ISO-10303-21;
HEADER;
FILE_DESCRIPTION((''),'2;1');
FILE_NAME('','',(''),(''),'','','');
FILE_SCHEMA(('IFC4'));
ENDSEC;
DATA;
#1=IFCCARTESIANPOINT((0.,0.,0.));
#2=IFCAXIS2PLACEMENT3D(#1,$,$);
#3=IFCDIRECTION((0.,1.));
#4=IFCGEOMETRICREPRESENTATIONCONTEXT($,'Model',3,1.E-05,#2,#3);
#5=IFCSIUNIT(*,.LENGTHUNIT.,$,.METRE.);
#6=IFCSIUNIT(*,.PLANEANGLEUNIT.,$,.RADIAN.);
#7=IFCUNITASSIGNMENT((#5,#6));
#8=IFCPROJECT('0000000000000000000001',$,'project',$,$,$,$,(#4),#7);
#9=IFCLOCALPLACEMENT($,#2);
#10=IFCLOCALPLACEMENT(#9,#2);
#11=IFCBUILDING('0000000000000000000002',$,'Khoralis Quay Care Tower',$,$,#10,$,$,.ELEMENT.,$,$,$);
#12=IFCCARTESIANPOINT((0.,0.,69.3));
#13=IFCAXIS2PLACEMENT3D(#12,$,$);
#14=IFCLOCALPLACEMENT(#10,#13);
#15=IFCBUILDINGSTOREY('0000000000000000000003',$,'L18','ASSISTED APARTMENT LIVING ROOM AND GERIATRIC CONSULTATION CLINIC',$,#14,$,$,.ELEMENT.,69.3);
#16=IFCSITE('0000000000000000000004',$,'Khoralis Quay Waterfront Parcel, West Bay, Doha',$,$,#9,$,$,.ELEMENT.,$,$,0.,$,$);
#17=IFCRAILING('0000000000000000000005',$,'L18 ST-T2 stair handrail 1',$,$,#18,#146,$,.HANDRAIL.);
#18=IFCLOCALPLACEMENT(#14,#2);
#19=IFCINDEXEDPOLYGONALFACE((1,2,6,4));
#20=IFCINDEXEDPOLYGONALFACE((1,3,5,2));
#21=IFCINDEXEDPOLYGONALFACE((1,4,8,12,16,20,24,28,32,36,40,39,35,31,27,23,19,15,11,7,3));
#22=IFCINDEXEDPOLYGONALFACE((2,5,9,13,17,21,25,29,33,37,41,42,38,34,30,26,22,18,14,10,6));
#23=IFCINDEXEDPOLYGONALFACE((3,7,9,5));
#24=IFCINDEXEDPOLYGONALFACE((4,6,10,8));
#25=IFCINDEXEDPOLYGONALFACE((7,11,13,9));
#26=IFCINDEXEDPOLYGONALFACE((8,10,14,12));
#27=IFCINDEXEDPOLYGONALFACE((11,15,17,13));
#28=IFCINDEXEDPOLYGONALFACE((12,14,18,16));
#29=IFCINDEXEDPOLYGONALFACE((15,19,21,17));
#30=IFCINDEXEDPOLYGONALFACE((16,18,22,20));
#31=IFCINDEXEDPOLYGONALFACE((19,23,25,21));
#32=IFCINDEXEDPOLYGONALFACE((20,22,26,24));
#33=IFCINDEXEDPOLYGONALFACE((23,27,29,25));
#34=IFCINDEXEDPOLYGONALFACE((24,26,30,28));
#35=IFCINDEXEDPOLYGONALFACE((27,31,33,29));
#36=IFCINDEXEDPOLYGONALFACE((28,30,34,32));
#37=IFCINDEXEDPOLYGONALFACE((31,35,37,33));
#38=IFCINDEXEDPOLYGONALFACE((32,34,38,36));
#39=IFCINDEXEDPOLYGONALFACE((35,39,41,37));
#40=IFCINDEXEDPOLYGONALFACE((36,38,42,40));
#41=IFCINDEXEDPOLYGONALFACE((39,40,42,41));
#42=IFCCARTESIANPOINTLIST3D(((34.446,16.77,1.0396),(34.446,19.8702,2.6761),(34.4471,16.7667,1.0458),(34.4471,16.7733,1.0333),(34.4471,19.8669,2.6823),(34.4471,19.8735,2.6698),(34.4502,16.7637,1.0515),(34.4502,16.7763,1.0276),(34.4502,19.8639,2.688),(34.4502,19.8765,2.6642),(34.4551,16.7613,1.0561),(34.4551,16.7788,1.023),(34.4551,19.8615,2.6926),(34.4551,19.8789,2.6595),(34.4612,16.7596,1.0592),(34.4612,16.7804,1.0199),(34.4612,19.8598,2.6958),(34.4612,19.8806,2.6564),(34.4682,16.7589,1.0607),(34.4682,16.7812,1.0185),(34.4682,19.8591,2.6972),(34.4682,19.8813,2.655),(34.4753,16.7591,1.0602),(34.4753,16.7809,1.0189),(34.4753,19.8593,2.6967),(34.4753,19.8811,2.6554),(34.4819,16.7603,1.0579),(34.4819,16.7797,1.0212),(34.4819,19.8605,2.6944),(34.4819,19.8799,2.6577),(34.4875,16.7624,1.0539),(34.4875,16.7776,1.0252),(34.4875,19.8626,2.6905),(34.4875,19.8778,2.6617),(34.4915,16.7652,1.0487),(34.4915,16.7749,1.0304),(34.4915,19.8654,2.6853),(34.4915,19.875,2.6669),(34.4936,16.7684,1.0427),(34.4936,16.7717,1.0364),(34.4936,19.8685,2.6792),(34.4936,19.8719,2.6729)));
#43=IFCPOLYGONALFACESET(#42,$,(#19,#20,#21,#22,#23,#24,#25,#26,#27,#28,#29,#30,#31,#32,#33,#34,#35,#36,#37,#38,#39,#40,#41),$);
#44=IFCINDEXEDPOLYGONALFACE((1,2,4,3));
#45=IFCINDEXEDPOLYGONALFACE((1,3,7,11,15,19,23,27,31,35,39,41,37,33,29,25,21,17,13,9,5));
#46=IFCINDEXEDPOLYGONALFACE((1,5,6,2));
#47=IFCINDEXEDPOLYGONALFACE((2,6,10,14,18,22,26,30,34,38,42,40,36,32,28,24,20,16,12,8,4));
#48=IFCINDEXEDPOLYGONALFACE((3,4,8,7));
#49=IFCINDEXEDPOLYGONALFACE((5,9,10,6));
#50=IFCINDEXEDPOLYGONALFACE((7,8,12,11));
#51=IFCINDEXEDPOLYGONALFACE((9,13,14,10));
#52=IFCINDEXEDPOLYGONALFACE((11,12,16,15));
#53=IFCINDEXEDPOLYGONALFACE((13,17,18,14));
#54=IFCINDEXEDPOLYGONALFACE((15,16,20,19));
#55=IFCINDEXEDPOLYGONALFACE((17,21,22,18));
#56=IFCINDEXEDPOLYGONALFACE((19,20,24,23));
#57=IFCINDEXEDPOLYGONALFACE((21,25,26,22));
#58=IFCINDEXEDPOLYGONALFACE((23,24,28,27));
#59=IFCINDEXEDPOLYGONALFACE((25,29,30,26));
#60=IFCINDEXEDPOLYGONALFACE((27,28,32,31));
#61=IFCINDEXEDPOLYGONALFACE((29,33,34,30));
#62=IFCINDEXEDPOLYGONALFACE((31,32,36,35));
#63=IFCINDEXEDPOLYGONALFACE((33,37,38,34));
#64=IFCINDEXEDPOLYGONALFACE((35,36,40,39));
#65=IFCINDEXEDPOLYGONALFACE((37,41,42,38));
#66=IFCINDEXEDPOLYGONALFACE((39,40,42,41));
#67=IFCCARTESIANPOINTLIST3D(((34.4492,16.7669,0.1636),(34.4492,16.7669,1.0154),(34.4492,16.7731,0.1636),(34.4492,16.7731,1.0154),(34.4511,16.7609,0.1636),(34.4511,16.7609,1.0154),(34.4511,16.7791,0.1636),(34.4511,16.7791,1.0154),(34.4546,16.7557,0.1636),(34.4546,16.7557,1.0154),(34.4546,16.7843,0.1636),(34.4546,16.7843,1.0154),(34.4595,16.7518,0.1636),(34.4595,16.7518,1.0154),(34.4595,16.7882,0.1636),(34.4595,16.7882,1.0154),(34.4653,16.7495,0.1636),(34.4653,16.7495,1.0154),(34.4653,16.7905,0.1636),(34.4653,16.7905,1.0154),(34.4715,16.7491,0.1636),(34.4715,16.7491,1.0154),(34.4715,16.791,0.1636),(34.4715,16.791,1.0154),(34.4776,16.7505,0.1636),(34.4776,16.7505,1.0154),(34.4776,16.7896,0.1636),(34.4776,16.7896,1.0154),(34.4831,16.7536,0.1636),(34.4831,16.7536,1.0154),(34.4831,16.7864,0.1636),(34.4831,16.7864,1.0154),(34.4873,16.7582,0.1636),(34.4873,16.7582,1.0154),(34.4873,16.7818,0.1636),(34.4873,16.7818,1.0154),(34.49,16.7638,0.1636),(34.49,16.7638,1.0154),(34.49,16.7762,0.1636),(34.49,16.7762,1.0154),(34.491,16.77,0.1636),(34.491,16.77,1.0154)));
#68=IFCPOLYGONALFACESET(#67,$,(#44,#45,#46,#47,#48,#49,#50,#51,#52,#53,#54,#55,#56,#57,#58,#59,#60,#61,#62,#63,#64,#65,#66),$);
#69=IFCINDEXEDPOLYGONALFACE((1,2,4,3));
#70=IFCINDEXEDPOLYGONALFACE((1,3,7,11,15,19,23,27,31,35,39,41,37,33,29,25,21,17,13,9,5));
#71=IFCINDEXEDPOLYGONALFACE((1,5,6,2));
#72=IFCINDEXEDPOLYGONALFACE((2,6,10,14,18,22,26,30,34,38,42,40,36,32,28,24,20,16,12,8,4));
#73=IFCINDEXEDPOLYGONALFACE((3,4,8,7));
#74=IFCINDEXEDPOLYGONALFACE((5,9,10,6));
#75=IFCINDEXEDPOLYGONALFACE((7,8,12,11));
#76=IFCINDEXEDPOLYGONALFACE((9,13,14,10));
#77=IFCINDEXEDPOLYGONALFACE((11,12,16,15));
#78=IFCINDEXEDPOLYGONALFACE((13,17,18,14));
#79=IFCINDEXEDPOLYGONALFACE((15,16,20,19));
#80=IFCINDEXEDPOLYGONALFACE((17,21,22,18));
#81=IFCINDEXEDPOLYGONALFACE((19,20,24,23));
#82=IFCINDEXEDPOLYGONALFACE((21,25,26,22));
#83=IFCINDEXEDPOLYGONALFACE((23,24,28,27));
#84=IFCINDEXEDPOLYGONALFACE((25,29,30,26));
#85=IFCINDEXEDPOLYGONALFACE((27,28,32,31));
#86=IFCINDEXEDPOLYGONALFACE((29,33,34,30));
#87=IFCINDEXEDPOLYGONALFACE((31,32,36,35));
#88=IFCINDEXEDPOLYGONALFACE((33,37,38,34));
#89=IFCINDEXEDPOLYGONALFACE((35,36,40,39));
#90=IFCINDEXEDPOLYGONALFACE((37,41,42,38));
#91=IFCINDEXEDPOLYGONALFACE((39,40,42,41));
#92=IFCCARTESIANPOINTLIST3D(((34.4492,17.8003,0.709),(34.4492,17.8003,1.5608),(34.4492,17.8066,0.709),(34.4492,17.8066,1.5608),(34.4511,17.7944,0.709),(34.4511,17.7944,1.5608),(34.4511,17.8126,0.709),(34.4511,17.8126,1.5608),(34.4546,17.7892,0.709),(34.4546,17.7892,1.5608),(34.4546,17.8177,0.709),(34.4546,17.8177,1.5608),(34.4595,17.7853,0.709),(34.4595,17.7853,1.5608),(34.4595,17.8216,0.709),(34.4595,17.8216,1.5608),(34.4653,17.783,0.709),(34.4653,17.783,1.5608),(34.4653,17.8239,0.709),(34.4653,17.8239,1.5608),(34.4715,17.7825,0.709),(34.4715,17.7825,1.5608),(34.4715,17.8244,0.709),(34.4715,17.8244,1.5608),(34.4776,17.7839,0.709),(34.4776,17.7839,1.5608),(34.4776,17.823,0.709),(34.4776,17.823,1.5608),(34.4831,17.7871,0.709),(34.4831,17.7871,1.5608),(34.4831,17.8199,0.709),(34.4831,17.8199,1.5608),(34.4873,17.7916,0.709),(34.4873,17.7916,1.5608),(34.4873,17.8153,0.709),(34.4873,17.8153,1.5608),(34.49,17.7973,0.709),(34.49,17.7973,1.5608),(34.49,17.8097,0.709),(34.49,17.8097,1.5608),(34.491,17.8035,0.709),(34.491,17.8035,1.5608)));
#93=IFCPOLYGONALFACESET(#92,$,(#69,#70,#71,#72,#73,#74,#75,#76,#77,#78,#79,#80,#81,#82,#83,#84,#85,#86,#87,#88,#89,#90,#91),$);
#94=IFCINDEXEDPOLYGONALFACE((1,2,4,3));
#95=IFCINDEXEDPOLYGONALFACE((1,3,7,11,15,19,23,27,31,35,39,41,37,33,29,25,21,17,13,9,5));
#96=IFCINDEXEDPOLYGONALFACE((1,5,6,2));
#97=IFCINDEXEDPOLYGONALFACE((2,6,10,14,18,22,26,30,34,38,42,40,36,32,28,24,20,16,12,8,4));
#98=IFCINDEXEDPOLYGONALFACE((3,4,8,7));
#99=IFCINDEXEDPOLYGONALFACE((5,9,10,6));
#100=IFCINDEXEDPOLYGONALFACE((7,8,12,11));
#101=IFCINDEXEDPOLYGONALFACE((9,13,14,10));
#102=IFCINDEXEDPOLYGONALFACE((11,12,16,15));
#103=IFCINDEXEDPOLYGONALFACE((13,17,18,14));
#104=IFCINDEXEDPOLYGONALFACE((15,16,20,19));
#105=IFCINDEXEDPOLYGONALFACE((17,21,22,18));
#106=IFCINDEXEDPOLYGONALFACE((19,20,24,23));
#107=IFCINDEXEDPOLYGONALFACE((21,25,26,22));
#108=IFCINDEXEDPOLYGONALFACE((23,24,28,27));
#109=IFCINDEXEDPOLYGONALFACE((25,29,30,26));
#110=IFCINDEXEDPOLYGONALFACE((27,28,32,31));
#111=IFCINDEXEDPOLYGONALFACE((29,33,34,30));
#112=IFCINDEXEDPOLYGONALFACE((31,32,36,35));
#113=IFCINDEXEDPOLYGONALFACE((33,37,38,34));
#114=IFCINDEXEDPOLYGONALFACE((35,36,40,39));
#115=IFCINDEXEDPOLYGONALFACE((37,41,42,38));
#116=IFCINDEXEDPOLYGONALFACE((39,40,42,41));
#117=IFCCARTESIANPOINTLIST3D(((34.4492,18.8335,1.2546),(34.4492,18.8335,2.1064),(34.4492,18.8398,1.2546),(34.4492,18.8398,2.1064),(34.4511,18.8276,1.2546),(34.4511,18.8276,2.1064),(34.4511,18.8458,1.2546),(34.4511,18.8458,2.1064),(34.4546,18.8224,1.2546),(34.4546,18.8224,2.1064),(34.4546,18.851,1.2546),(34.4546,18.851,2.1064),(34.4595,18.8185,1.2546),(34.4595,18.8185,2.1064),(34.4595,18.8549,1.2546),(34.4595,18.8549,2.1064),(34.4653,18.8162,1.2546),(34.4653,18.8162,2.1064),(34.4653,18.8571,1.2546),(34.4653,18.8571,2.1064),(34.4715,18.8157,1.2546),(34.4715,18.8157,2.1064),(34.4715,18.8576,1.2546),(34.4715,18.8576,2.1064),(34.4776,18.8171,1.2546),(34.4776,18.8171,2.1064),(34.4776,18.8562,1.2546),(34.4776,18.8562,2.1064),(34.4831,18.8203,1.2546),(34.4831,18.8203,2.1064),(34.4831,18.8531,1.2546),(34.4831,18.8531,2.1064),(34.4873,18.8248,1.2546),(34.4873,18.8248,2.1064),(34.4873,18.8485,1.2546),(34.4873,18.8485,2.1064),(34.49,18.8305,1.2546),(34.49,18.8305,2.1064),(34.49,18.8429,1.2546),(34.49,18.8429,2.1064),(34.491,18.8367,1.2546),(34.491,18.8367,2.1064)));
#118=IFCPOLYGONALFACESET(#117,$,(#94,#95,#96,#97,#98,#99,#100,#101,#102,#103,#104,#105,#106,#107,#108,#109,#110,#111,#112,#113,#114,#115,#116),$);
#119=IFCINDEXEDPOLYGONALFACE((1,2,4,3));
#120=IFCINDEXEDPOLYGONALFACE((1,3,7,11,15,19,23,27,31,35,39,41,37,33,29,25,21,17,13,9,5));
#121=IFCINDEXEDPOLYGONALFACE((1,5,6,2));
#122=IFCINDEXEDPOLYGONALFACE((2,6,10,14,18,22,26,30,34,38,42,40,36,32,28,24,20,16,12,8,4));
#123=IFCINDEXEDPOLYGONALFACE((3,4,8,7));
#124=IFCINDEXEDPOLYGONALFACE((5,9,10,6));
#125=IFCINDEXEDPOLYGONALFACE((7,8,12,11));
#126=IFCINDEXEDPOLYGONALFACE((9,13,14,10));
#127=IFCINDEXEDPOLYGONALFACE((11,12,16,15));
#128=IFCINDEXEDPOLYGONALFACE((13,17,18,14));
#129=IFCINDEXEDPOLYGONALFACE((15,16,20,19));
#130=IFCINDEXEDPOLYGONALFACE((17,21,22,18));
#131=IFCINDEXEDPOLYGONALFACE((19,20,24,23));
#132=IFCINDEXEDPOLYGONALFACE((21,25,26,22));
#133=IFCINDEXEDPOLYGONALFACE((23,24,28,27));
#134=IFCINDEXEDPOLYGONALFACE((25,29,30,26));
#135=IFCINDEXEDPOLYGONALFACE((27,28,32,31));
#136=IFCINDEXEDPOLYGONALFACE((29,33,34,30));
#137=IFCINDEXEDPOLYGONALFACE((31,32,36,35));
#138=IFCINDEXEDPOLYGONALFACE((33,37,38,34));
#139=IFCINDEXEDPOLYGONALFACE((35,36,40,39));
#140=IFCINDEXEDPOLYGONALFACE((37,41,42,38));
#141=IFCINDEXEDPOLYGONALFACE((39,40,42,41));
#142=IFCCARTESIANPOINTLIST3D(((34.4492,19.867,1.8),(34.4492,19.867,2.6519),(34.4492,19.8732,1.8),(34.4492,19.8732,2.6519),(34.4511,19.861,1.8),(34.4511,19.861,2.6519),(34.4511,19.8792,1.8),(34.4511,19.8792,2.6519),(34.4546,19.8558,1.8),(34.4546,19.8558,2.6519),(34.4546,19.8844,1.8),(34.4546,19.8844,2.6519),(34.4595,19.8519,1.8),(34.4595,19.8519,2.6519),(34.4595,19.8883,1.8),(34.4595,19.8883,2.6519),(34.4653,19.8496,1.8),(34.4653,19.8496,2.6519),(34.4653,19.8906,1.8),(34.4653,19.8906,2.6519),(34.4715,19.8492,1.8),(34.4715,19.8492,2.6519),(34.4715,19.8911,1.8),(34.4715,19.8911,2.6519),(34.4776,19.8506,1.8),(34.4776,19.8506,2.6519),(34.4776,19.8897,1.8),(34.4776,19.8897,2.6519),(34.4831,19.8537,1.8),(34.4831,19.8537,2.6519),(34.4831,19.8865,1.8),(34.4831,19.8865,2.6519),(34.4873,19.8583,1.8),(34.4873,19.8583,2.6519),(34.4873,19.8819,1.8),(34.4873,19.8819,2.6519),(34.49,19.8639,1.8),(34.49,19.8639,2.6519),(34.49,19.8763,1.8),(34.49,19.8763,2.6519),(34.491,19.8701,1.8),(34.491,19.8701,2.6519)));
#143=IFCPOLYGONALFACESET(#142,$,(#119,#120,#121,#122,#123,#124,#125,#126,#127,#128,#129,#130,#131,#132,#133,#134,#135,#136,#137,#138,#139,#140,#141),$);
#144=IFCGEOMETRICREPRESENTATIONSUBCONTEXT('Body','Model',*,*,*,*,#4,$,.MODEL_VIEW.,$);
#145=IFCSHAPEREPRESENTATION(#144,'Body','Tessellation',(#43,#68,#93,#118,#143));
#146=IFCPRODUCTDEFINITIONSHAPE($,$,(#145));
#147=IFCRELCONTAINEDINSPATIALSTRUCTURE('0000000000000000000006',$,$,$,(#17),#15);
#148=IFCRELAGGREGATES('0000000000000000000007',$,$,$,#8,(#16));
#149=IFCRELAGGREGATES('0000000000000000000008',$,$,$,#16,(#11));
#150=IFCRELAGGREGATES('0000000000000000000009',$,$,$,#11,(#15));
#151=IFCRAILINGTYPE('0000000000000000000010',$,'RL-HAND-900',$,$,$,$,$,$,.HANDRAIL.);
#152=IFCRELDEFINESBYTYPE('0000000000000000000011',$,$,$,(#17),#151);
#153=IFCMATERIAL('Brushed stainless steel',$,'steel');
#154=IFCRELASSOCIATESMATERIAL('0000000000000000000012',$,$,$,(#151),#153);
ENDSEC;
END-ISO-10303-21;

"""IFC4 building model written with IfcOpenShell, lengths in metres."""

from ifc_helpers import new_model, si_unit, direction, frame, origin, origin_2d, place, context, subcontext, project, spatial, circle, extrude, material, type_object, element, save


model = new_model("IFC4")

# Units and contexts
model_context = context("Model", 3, precision=1e-05, world=origin(), true_north=direction((0.0, 1.0)))
body_context = subcontext(model_context, "Body", "Model", "MODEL_VIEW")
ifc_project = project(units=[si_unit("LENGTHUNIT", "METRE"), si_unit("PLANEANGLEUNIT", "RADIAN")], contexts=[model_context])

# Site, building, storey
site_placement = place(None, origin())
site = spatial("IfcSite", under=ifc_project, at=site_placement, Name="Khoralis Quay Waterfront Parcel, West Bay, Doha", CompositionType="ELEMENT", RefElevation=0.0)
building_placement = place(site_placement, origin())
building = spatial("IfcBuilding", under=site, at=building_placement, Name="Khoralis Quay Care Tower", CompositionType="ELEMENT")
storey_placement = place(building_placement, frame((0.0, 0.0, 69.3)))
storey = spatial("IfcBuildingStorey", under=building, at=storey_placement, Name="L18", Description="ASSISTED APARTMENT LIVING ROOM AND GERIATRIC CONSULTATION CLINIC", CompositionType="ELEMENT", Elevation=69.3)

# Shared definitions
ifc_material_1 = material(Name="Brushed stainless steel", Category="steel")

# Railing
railing_type_1 = type_object("IfcRailingType", Name="RL-HAND-900", PredefinedType="HANDRAIL", material=ifc_material_1)
railing_1_placement = place(storey_placement, frame((34.47, 16.77, 0.1636)))
element("IfcRailing", 1, at=railing_1_placement, inside=storey, type_object=railing_type_1, Name="L18 ST-T2 stair handrail 1", PredefinedType="HANDRAIL", context=body_context, shape_type="SweptSolid", body=[
    extrude(circle(Radius=0.0239, at=origin_2d()), frame((0.0, 0.0, 0.876), z_axis=(0.0, 0.884348, 0.466828), x_axis=(-1.0, 0.0, 0.0)), (0.0, 0.0, 1.0), 3.5056),
    extrude(circle(Radius=0.021, at=origin_2d()), origin(), (0.0, 0.0, 1.0), 0.8518),
    extrude(circle(Radius=0.021, at=origin_2d()), frame((0.0, 1.0334, 0.5454)), (0.0, 0.0, 1.0), 0.8518),
    extrude(circle(Radius=0.021, at=origin_2d()), frame((0.0, 2.0667, 1.0911)), (0.0, 0.0, 1.0), 0.8518),
    extrude(circle(Radius=0.021, at=origin_2d()), frame((0.0, 3.1001, 1.6365)), (0.0, 0.0, 1.0), 0.8518),
])

save(model, "model.ifc")
